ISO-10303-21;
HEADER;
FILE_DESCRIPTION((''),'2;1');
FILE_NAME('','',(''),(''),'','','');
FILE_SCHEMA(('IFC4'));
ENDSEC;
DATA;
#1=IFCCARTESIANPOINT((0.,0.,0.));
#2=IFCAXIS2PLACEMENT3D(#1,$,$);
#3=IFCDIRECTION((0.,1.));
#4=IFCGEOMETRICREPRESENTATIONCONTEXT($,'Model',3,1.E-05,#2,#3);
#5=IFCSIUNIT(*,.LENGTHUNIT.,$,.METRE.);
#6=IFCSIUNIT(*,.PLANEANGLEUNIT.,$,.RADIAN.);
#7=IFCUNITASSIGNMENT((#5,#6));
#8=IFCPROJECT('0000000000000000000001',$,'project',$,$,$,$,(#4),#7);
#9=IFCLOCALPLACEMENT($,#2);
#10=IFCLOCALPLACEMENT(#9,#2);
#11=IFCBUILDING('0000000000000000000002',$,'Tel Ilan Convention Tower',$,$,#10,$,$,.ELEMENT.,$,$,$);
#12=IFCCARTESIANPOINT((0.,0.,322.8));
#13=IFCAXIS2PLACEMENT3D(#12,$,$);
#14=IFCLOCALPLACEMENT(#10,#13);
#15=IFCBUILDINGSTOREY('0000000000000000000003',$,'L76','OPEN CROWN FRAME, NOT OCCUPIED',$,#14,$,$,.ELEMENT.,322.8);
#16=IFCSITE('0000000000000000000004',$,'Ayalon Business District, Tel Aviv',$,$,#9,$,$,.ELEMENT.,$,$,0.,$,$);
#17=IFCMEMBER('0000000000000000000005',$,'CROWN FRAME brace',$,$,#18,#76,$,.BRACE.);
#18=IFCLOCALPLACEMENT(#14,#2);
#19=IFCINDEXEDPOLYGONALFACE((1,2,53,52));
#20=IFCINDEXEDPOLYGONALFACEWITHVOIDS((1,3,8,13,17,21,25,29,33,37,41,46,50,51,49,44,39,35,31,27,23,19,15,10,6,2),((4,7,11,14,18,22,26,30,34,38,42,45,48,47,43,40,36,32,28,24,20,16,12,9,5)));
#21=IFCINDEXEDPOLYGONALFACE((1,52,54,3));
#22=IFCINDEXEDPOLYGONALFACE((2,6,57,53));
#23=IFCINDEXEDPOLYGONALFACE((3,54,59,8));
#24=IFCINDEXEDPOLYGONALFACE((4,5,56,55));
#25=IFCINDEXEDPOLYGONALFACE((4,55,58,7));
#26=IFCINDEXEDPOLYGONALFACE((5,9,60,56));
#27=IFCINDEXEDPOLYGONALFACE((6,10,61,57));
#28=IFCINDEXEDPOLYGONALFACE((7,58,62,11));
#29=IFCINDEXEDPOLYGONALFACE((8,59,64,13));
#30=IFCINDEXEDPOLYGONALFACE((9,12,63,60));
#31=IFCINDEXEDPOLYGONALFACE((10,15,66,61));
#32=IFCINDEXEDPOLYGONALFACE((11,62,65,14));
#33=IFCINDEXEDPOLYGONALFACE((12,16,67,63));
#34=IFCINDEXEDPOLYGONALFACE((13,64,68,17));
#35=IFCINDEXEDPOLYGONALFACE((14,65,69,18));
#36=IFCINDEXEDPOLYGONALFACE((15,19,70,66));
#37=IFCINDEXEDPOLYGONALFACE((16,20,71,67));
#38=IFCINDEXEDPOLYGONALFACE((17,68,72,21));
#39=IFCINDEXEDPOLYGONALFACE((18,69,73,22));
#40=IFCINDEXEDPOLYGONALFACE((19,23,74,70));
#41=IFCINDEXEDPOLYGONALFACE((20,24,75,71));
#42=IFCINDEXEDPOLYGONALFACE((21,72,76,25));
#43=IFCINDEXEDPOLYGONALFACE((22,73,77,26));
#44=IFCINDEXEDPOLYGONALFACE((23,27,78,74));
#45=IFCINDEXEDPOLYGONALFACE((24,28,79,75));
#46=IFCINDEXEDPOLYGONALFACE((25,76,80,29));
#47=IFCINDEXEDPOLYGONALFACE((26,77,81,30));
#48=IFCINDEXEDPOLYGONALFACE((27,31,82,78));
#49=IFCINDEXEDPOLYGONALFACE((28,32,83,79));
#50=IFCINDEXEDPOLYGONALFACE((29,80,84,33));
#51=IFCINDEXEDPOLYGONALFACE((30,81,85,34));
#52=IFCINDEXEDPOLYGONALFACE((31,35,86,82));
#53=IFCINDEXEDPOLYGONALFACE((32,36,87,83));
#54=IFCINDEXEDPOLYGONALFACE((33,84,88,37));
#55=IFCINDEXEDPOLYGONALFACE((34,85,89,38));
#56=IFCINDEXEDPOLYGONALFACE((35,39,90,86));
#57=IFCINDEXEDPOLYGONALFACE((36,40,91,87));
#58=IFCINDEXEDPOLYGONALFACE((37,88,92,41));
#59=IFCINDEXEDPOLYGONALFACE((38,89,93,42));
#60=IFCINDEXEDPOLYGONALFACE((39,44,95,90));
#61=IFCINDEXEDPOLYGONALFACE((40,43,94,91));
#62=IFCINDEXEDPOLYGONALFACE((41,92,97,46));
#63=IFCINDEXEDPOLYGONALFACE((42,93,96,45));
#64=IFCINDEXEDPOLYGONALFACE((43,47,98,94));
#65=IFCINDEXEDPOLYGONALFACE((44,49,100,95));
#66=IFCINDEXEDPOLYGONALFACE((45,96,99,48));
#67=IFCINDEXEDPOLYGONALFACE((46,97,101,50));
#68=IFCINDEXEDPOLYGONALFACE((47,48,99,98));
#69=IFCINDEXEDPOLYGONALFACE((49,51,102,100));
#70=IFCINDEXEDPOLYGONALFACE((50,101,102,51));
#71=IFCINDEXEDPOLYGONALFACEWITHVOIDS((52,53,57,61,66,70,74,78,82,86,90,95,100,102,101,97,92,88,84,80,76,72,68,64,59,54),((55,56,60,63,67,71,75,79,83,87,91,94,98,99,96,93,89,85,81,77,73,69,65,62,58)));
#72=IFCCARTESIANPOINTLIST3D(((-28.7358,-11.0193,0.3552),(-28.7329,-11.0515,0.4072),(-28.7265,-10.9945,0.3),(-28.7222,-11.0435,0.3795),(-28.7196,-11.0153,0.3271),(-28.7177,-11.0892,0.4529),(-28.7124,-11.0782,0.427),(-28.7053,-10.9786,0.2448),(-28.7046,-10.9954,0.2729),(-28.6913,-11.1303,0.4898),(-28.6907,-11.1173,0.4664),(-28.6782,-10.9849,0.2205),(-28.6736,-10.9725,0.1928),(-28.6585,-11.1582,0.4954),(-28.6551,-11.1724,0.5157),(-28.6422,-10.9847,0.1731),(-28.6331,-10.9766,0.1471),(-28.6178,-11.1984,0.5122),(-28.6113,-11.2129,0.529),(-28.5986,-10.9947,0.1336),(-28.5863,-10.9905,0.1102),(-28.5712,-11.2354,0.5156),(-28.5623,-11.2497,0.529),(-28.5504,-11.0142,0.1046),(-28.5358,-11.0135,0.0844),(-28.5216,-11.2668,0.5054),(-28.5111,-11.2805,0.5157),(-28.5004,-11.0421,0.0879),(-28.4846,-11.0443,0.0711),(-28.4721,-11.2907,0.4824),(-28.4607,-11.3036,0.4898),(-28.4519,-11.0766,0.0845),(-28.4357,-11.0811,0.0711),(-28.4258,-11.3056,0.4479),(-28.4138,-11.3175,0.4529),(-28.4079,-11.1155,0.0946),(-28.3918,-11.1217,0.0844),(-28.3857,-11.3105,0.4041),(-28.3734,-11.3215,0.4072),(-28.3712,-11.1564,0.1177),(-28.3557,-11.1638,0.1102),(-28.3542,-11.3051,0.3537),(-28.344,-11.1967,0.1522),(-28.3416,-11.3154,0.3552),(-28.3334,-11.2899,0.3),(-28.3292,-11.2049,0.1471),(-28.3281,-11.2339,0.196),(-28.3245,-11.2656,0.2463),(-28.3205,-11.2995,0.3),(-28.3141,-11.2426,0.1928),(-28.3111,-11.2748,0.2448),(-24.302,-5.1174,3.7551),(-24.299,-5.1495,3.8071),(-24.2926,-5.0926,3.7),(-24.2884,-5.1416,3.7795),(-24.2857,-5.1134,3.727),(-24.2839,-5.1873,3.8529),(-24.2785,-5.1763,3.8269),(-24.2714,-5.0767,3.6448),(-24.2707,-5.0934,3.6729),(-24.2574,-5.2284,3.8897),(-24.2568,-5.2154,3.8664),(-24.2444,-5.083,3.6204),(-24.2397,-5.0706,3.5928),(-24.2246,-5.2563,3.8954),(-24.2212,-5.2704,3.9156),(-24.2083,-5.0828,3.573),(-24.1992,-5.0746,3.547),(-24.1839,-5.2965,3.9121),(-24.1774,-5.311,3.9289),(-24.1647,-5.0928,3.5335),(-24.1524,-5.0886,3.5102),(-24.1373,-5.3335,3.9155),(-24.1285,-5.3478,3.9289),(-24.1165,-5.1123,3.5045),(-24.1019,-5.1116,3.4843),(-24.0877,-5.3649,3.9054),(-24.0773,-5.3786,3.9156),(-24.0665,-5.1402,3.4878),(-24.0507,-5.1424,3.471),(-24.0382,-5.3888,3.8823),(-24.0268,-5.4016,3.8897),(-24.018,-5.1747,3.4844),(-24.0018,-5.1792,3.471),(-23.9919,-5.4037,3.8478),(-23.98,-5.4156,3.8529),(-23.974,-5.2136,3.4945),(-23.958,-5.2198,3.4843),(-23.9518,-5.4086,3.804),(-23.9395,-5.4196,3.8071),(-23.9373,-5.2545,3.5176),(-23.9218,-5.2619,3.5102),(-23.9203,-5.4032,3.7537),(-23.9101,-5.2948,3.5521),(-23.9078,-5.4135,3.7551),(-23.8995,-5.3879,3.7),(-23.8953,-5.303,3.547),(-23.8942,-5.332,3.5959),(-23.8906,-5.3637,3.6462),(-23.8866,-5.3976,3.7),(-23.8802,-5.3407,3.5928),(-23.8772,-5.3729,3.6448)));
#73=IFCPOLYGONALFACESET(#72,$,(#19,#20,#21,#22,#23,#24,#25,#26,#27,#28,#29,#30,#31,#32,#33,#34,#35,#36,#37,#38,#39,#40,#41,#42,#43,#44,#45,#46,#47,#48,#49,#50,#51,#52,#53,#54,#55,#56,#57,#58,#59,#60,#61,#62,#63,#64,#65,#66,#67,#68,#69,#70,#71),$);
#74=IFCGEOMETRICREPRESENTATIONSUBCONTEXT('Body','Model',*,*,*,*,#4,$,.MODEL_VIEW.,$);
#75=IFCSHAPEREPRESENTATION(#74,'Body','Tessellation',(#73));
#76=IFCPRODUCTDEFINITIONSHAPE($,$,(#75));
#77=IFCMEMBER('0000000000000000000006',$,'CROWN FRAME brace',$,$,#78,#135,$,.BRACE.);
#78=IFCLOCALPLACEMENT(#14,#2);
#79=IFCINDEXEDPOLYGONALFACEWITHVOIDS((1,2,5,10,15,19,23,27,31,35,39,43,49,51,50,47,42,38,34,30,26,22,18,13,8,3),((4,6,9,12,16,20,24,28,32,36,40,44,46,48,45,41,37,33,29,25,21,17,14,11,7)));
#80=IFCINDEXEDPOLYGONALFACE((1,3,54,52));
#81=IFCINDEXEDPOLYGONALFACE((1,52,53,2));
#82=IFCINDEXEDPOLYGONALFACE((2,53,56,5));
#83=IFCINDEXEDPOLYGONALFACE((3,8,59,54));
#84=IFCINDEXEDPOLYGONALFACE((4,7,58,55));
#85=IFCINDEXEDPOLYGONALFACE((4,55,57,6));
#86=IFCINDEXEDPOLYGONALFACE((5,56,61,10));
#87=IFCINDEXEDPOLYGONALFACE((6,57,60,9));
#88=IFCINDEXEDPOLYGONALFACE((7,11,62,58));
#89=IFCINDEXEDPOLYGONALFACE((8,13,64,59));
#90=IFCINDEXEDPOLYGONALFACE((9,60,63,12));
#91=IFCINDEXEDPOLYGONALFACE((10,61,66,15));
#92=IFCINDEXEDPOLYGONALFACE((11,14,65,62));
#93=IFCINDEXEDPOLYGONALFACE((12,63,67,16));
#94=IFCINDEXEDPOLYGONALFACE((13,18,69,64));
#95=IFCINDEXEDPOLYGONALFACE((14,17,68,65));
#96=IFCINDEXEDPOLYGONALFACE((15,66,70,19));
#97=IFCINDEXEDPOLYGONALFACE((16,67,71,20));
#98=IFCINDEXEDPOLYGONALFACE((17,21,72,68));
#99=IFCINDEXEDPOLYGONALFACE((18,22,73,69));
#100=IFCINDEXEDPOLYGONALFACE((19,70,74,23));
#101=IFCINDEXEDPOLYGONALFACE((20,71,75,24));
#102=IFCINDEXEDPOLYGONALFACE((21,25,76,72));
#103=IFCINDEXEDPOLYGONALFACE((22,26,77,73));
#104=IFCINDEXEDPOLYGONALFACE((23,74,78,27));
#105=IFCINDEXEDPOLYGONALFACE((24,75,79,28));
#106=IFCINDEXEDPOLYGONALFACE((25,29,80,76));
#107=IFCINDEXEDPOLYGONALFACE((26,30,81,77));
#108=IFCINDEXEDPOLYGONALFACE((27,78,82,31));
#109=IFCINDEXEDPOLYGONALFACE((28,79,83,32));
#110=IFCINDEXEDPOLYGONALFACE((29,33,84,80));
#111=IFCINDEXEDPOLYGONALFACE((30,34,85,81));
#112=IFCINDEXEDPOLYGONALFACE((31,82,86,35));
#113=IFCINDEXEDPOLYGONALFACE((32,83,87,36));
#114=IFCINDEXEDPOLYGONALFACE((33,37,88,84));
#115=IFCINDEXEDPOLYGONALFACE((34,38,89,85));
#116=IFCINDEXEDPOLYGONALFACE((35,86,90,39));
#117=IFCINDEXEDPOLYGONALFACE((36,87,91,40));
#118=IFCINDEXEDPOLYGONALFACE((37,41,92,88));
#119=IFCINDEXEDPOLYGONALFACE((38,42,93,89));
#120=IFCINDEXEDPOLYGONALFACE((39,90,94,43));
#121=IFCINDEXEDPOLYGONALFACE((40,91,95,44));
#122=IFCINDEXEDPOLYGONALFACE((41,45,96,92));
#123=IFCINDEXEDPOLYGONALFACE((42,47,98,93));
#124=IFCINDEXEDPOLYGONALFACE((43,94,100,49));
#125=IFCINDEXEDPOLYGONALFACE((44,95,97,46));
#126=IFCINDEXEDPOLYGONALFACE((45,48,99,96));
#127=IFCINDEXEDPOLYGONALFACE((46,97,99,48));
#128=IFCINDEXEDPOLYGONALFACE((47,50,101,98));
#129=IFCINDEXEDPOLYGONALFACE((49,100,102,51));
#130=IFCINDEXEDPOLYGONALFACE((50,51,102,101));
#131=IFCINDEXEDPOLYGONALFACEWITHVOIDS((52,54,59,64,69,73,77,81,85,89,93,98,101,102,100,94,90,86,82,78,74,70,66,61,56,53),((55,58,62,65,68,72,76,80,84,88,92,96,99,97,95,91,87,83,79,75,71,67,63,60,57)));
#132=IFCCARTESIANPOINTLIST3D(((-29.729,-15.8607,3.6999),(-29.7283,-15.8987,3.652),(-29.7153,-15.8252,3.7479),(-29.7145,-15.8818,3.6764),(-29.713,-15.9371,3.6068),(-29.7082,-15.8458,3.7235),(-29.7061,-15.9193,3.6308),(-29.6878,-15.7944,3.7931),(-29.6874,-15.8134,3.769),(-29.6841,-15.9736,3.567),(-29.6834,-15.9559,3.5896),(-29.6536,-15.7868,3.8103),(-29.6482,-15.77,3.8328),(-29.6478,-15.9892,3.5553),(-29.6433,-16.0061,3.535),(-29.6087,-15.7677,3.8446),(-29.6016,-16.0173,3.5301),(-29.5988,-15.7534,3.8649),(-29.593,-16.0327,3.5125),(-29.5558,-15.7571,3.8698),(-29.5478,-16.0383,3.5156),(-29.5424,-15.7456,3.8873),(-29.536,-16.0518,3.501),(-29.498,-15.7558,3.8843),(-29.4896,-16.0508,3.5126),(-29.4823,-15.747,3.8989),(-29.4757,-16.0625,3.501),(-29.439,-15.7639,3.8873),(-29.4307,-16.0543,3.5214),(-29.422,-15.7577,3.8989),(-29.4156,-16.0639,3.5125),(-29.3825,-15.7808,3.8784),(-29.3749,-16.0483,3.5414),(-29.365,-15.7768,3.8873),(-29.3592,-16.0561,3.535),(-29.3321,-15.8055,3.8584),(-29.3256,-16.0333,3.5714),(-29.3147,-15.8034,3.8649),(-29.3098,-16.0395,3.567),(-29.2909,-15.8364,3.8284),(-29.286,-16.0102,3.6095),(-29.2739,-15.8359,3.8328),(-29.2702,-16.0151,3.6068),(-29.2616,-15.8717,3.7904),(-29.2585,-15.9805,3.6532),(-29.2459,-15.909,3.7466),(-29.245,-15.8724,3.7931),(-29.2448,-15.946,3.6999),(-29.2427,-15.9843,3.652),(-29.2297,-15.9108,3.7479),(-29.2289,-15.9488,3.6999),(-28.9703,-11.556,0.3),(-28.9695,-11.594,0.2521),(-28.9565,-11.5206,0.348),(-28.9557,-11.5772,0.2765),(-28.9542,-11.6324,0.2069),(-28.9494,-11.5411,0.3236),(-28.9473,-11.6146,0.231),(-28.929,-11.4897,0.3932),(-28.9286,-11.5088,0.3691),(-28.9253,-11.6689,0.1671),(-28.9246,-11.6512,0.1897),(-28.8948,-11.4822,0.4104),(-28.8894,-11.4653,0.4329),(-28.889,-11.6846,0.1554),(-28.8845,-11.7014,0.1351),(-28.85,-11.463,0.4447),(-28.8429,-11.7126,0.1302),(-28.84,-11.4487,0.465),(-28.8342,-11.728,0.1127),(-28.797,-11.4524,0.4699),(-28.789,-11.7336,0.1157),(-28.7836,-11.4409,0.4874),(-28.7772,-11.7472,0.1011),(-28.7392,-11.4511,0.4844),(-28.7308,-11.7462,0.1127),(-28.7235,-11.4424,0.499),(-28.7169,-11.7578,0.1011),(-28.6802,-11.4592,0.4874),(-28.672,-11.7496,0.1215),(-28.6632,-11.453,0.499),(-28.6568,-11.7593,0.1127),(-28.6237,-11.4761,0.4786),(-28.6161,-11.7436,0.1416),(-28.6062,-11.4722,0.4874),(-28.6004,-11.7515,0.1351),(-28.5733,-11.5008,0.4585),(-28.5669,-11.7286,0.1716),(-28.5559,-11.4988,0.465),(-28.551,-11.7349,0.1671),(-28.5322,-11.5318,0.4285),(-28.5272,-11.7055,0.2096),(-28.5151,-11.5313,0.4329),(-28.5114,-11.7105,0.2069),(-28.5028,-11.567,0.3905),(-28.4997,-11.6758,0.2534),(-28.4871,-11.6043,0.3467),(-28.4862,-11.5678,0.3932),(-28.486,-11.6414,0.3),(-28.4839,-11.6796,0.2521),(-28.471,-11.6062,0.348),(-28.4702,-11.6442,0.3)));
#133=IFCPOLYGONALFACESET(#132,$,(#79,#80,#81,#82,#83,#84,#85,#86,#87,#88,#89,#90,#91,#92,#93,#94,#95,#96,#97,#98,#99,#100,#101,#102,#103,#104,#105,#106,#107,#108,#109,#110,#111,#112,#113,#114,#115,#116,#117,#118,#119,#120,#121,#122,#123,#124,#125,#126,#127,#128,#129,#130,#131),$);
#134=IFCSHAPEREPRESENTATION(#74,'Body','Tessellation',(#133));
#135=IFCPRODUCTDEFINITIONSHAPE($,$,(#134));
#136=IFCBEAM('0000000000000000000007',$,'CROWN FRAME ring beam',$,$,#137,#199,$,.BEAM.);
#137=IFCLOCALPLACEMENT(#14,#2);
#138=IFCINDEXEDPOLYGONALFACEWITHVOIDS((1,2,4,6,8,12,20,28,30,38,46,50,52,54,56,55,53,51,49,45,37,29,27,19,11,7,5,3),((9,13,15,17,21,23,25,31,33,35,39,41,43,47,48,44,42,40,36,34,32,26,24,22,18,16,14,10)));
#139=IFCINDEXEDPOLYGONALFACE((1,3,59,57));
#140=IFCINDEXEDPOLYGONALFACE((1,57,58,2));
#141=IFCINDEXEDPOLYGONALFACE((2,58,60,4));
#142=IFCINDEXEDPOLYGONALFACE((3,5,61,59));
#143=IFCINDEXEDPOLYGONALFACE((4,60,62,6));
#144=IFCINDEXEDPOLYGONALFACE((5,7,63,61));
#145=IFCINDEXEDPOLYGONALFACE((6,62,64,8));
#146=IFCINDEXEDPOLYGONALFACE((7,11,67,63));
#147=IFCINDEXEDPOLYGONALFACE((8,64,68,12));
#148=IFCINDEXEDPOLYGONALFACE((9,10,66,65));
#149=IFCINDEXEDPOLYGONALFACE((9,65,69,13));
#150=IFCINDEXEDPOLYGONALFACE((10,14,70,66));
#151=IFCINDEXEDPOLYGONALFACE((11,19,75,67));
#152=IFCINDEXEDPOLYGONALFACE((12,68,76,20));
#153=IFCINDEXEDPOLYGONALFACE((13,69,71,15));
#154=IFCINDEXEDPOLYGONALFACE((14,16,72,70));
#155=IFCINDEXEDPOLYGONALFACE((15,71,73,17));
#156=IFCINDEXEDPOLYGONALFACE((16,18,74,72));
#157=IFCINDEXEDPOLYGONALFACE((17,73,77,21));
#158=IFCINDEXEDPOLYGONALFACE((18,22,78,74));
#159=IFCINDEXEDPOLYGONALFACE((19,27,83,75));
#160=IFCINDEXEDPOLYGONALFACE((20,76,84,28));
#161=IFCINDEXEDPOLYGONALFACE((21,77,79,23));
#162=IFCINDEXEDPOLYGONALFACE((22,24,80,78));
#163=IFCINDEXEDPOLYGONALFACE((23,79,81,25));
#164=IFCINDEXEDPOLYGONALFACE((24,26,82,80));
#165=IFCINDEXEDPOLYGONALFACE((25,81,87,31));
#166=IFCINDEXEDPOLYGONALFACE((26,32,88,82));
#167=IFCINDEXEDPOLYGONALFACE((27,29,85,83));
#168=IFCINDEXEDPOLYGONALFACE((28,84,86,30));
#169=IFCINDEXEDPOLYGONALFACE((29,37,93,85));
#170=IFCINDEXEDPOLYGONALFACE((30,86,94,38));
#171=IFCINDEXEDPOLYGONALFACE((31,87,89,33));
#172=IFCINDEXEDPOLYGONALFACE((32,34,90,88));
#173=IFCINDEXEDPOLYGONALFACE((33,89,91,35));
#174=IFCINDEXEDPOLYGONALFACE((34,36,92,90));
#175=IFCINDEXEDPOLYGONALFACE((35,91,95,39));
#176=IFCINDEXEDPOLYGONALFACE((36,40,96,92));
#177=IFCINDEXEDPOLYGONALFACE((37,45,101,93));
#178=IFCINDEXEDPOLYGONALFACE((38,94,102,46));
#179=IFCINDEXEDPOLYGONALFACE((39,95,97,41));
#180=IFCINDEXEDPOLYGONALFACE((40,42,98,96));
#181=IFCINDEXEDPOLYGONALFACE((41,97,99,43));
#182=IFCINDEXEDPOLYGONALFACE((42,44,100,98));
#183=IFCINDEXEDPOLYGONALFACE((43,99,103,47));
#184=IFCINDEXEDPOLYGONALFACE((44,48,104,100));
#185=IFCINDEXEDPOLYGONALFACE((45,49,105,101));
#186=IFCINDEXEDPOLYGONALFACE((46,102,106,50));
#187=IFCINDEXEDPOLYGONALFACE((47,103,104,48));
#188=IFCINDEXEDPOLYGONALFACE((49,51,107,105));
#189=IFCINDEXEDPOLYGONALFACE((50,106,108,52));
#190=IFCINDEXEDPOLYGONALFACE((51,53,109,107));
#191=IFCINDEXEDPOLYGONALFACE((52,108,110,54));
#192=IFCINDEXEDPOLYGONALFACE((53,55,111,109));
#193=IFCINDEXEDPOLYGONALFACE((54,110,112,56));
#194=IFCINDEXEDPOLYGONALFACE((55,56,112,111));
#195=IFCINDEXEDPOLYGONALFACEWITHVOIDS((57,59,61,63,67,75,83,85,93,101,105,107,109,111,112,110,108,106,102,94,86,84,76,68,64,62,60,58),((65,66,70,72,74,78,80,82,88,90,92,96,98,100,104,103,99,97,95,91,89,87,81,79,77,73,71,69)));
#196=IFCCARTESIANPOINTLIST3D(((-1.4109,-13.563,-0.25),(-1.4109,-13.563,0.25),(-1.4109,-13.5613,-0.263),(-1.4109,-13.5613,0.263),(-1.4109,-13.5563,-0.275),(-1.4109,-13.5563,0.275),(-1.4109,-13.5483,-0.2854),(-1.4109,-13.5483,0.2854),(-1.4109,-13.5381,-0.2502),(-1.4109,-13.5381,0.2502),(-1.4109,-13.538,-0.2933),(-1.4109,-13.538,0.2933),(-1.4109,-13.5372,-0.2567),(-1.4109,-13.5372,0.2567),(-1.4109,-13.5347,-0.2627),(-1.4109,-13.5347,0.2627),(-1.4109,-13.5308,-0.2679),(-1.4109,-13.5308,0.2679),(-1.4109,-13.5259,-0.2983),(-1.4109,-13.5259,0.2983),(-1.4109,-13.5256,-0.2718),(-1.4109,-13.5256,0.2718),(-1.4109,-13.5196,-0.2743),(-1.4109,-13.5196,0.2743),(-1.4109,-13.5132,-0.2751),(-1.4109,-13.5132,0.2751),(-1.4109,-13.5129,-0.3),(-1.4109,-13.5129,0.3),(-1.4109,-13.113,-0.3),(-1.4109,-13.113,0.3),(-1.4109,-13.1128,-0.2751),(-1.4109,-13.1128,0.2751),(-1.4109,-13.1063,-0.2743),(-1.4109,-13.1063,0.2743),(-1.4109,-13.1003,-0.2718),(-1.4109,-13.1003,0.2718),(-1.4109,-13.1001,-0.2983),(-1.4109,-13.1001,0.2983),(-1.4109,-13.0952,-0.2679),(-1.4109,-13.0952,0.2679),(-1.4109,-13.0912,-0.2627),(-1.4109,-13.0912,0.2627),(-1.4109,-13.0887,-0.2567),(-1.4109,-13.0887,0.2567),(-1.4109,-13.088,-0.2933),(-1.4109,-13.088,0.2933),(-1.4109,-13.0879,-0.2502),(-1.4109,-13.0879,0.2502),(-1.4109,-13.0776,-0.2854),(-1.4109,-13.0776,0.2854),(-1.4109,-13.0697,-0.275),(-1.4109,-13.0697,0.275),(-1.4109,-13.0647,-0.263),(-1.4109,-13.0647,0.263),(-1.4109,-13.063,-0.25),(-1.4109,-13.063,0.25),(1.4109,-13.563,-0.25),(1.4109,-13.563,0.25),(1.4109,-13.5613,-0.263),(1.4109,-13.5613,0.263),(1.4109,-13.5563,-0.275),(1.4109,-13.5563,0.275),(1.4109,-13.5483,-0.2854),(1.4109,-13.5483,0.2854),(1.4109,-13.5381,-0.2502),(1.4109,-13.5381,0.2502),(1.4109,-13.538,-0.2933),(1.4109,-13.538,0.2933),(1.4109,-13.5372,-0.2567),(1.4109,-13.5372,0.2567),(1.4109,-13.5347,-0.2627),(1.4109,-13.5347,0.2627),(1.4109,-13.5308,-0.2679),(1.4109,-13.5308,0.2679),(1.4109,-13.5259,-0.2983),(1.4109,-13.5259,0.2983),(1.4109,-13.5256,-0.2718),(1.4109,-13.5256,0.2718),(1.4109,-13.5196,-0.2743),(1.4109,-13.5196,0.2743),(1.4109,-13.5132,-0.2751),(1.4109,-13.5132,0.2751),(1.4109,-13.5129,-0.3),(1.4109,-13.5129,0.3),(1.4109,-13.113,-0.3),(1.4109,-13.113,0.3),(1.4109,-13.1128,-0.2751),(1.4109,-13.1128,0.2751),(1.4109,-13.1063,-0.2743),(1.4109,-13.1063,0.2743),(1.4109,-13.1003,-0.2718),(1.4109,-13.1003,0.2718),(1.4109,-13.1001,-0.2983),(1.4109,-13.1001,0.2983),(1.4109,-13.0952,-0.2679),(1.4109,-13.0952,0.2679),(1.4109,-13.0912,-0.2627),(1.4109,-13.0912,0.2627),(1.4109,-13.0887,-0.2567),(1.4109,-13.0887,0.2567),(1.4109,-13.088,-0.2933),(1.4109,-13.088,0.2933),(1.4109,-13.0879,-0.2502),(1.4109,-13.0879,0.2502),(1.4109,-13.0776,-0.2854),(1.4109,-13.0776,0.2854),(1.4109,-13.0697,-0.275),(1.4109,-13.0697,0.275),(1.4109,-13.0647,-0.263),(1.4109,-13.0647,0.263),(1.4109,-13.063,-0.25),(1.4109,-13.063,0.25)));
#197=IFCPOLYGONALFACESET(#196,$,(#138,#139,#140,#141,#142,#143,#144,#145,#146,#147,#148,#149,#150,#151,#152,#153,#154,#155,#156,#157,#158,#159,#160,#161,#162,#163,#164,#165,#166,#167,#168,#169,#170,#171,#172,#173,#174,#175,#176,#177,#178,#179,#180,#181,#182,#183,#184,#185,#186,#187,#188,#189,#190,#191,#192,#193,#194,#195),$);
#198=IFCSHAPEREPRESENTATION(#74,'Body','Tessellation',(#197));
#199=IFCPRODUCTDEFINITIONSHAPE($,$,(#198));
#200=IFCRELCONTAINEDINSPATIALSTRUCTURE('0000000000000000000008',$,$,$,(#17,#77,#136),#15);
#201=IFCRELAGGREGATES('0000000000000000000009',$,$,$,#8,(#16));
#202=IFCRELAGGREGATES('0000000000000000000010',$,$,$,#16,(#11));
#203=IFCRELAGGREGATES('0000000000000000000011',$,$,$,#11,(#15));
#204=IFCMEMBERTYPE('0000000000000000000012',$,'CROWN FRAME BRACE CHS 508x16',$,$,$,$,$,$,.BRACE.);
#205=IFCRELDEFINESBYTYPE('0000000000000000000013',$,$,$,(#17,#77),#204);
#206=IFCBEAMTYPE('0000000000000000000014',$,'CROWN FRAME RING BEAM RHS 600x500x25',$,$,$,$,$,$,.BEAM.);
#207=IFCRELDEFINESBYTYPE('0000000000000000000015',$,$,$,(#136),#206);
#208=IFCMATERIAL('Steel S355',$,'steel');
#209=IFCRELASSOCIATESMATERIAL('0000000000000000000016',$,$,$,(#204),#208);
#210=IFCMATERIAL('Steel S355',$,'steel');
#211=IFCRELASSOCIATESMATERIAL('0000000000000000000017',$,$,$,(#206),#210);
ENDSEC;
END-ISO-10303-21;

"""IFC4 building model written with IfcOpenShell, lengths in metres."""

from ifc_helpers import new_model, si_unit, direction, frame, origin, origin_2d, place, context, subcontext, project, spatial, hollow_rectangle, hollow_circle, extrude, material, material_profile, profile_set, type_object, element, save


model = new_model("IFC4")

# Units and contexts
model_context = context("Model", 3, precision=1e-05, world=origin(), true_north=direction((0.0, 1.0)))
body_context = subcontext(model_context, "Body", "Model", "MODEL_VIEW")
ifc_project = project(units=[si_unit("LENGTHUNIT", "METRE"), si_unit("PLANEANGLEUNIT", "RADIAN")], contexts=[model_context])

# Site, building, storey
site_placement = place(None, origin())
site = spatial("IfcSite", under=ifc_project, at=site_placement, Name="Ayalon Business District, Tel Aviv", CompositionType="ELEMENT", RefElevation=0.0)
building_placement = place(site_placement, origin())
building = spatial("IfcBuilding", under=site, at=building_placement, Name="Tel Ilan Convention Tower", CompositionType="ELEMENT")
storey_placement = place(building_placement, frame((0.0, 0.0, 322.8)))
storey = spatial("IfcBuildingStorey", under=building, at=storey_placement, Name="L76", Description="OPEN CROWN FRAME, NOT OCCUPIED", CompositionType="ELEMENT", Elevation=322.8)

# Members
ifc_material_1 = material(Name="Steel S355", Category="steel")
ifc_material_profile_1 = material_profile(ifc_material_1, hollow_circle(Radius=0.2539, WallThickness=0.0161, at=origin_2d()), Name="CHS 508x16")
ifc_profile_set_1 = profile_set([ifc_material_profile_1], Name="Steel S355")
member_type = type_object("IfcMemberType", Name="CROWN FRAME BRACE CHS 508x16", PredefinedType="BRACE", material=ifc_profile_set_1)
member_1_placement = place(storey_placement, frame((-24.0896, -5.2451, 3.7), z_axis=(-0.54556, -0.726192, -0.41834), x_axis=(0.799516, -0.600645, 0.0)))
element("IfcMember", 1, at=member_1_placement, inside=storey, type_object=member_type, Name="CROWN FRAME brace", PredefinedType="BRACE", context=body_context, shape_type="SweptSolid", body=[
    extrude(hollow_circle(Radius=0.2539, WallThickness=0.0161, at=origin_2d()), origin(), (0.0, 0.0, 1.0), 8.1272),
])
member_2_placement = place(storey_placement, frame((-28.7202, -11.6001, 0.3), z_axis=(-0.137024, -0.777351, 0.613963), x_axis=(0.984817, -0.173594, 0.0)))
element("IfcMember", 2, at=member_2_placement, inside=storey, type_object=member_type, Name="CROWN FRAME brace", PredefinedType="BRACE", context=body_context, shape_type="SweptSolid", body=[
    extrude(hollow_circle(Radius=0.2539, WallThickness=0.0161, at=origin_2d()), origin(), (0.0, 0.0, 1.0), 5.5376),
])

# Beam
ifc_material_2 = material(Name="Steel S355", Category="steel")
ifc_material_profile_2 = material_profile(ifc_material_2, hollow_rectangle(XDim=0.5, YDim=0.6001, WallThickness=0.0249, InnerFilletRadius=0.0249, OuterFilletRadius=0.05, at=origin_2d()), Name="RHS 600x500x25")
ifc_profile_set_2 = profile_set([ifc_material_profile_2], Name="Steel S355")
beam_type = type_object("IfcBeamType", Name="CROWN FRAME RING BEAM RHS 600x500x25", PredefinedType="BEAM", material=ifc_profile_set_2)
beam_1_placement = place(storey_placement, frame((-1.4109, -13.313, 0.0), z_axis=(1.0, 0.0, 0.0), x_axis=(0.0, 1.0, 0.0)))
element("IfcBeam", 3, at=beam_1_placement, inside=storey, type_object=beam_type, Name="CROWN FRAME ring beam", PredefinedType="BEAM", context=body_context, shape_type="SweptSolid", body=[
    extrude(hollow_rectangle(XDim=0.5, YDim=0.6001, WallThickness=0.0249, InnerFilletRadius=0.0249, OuterFilletRadius=0.05, at=origin_2d()), origin(), (0.0, 0.0, 1.0), 2.8218),
])

save(model, "model.ifc")
